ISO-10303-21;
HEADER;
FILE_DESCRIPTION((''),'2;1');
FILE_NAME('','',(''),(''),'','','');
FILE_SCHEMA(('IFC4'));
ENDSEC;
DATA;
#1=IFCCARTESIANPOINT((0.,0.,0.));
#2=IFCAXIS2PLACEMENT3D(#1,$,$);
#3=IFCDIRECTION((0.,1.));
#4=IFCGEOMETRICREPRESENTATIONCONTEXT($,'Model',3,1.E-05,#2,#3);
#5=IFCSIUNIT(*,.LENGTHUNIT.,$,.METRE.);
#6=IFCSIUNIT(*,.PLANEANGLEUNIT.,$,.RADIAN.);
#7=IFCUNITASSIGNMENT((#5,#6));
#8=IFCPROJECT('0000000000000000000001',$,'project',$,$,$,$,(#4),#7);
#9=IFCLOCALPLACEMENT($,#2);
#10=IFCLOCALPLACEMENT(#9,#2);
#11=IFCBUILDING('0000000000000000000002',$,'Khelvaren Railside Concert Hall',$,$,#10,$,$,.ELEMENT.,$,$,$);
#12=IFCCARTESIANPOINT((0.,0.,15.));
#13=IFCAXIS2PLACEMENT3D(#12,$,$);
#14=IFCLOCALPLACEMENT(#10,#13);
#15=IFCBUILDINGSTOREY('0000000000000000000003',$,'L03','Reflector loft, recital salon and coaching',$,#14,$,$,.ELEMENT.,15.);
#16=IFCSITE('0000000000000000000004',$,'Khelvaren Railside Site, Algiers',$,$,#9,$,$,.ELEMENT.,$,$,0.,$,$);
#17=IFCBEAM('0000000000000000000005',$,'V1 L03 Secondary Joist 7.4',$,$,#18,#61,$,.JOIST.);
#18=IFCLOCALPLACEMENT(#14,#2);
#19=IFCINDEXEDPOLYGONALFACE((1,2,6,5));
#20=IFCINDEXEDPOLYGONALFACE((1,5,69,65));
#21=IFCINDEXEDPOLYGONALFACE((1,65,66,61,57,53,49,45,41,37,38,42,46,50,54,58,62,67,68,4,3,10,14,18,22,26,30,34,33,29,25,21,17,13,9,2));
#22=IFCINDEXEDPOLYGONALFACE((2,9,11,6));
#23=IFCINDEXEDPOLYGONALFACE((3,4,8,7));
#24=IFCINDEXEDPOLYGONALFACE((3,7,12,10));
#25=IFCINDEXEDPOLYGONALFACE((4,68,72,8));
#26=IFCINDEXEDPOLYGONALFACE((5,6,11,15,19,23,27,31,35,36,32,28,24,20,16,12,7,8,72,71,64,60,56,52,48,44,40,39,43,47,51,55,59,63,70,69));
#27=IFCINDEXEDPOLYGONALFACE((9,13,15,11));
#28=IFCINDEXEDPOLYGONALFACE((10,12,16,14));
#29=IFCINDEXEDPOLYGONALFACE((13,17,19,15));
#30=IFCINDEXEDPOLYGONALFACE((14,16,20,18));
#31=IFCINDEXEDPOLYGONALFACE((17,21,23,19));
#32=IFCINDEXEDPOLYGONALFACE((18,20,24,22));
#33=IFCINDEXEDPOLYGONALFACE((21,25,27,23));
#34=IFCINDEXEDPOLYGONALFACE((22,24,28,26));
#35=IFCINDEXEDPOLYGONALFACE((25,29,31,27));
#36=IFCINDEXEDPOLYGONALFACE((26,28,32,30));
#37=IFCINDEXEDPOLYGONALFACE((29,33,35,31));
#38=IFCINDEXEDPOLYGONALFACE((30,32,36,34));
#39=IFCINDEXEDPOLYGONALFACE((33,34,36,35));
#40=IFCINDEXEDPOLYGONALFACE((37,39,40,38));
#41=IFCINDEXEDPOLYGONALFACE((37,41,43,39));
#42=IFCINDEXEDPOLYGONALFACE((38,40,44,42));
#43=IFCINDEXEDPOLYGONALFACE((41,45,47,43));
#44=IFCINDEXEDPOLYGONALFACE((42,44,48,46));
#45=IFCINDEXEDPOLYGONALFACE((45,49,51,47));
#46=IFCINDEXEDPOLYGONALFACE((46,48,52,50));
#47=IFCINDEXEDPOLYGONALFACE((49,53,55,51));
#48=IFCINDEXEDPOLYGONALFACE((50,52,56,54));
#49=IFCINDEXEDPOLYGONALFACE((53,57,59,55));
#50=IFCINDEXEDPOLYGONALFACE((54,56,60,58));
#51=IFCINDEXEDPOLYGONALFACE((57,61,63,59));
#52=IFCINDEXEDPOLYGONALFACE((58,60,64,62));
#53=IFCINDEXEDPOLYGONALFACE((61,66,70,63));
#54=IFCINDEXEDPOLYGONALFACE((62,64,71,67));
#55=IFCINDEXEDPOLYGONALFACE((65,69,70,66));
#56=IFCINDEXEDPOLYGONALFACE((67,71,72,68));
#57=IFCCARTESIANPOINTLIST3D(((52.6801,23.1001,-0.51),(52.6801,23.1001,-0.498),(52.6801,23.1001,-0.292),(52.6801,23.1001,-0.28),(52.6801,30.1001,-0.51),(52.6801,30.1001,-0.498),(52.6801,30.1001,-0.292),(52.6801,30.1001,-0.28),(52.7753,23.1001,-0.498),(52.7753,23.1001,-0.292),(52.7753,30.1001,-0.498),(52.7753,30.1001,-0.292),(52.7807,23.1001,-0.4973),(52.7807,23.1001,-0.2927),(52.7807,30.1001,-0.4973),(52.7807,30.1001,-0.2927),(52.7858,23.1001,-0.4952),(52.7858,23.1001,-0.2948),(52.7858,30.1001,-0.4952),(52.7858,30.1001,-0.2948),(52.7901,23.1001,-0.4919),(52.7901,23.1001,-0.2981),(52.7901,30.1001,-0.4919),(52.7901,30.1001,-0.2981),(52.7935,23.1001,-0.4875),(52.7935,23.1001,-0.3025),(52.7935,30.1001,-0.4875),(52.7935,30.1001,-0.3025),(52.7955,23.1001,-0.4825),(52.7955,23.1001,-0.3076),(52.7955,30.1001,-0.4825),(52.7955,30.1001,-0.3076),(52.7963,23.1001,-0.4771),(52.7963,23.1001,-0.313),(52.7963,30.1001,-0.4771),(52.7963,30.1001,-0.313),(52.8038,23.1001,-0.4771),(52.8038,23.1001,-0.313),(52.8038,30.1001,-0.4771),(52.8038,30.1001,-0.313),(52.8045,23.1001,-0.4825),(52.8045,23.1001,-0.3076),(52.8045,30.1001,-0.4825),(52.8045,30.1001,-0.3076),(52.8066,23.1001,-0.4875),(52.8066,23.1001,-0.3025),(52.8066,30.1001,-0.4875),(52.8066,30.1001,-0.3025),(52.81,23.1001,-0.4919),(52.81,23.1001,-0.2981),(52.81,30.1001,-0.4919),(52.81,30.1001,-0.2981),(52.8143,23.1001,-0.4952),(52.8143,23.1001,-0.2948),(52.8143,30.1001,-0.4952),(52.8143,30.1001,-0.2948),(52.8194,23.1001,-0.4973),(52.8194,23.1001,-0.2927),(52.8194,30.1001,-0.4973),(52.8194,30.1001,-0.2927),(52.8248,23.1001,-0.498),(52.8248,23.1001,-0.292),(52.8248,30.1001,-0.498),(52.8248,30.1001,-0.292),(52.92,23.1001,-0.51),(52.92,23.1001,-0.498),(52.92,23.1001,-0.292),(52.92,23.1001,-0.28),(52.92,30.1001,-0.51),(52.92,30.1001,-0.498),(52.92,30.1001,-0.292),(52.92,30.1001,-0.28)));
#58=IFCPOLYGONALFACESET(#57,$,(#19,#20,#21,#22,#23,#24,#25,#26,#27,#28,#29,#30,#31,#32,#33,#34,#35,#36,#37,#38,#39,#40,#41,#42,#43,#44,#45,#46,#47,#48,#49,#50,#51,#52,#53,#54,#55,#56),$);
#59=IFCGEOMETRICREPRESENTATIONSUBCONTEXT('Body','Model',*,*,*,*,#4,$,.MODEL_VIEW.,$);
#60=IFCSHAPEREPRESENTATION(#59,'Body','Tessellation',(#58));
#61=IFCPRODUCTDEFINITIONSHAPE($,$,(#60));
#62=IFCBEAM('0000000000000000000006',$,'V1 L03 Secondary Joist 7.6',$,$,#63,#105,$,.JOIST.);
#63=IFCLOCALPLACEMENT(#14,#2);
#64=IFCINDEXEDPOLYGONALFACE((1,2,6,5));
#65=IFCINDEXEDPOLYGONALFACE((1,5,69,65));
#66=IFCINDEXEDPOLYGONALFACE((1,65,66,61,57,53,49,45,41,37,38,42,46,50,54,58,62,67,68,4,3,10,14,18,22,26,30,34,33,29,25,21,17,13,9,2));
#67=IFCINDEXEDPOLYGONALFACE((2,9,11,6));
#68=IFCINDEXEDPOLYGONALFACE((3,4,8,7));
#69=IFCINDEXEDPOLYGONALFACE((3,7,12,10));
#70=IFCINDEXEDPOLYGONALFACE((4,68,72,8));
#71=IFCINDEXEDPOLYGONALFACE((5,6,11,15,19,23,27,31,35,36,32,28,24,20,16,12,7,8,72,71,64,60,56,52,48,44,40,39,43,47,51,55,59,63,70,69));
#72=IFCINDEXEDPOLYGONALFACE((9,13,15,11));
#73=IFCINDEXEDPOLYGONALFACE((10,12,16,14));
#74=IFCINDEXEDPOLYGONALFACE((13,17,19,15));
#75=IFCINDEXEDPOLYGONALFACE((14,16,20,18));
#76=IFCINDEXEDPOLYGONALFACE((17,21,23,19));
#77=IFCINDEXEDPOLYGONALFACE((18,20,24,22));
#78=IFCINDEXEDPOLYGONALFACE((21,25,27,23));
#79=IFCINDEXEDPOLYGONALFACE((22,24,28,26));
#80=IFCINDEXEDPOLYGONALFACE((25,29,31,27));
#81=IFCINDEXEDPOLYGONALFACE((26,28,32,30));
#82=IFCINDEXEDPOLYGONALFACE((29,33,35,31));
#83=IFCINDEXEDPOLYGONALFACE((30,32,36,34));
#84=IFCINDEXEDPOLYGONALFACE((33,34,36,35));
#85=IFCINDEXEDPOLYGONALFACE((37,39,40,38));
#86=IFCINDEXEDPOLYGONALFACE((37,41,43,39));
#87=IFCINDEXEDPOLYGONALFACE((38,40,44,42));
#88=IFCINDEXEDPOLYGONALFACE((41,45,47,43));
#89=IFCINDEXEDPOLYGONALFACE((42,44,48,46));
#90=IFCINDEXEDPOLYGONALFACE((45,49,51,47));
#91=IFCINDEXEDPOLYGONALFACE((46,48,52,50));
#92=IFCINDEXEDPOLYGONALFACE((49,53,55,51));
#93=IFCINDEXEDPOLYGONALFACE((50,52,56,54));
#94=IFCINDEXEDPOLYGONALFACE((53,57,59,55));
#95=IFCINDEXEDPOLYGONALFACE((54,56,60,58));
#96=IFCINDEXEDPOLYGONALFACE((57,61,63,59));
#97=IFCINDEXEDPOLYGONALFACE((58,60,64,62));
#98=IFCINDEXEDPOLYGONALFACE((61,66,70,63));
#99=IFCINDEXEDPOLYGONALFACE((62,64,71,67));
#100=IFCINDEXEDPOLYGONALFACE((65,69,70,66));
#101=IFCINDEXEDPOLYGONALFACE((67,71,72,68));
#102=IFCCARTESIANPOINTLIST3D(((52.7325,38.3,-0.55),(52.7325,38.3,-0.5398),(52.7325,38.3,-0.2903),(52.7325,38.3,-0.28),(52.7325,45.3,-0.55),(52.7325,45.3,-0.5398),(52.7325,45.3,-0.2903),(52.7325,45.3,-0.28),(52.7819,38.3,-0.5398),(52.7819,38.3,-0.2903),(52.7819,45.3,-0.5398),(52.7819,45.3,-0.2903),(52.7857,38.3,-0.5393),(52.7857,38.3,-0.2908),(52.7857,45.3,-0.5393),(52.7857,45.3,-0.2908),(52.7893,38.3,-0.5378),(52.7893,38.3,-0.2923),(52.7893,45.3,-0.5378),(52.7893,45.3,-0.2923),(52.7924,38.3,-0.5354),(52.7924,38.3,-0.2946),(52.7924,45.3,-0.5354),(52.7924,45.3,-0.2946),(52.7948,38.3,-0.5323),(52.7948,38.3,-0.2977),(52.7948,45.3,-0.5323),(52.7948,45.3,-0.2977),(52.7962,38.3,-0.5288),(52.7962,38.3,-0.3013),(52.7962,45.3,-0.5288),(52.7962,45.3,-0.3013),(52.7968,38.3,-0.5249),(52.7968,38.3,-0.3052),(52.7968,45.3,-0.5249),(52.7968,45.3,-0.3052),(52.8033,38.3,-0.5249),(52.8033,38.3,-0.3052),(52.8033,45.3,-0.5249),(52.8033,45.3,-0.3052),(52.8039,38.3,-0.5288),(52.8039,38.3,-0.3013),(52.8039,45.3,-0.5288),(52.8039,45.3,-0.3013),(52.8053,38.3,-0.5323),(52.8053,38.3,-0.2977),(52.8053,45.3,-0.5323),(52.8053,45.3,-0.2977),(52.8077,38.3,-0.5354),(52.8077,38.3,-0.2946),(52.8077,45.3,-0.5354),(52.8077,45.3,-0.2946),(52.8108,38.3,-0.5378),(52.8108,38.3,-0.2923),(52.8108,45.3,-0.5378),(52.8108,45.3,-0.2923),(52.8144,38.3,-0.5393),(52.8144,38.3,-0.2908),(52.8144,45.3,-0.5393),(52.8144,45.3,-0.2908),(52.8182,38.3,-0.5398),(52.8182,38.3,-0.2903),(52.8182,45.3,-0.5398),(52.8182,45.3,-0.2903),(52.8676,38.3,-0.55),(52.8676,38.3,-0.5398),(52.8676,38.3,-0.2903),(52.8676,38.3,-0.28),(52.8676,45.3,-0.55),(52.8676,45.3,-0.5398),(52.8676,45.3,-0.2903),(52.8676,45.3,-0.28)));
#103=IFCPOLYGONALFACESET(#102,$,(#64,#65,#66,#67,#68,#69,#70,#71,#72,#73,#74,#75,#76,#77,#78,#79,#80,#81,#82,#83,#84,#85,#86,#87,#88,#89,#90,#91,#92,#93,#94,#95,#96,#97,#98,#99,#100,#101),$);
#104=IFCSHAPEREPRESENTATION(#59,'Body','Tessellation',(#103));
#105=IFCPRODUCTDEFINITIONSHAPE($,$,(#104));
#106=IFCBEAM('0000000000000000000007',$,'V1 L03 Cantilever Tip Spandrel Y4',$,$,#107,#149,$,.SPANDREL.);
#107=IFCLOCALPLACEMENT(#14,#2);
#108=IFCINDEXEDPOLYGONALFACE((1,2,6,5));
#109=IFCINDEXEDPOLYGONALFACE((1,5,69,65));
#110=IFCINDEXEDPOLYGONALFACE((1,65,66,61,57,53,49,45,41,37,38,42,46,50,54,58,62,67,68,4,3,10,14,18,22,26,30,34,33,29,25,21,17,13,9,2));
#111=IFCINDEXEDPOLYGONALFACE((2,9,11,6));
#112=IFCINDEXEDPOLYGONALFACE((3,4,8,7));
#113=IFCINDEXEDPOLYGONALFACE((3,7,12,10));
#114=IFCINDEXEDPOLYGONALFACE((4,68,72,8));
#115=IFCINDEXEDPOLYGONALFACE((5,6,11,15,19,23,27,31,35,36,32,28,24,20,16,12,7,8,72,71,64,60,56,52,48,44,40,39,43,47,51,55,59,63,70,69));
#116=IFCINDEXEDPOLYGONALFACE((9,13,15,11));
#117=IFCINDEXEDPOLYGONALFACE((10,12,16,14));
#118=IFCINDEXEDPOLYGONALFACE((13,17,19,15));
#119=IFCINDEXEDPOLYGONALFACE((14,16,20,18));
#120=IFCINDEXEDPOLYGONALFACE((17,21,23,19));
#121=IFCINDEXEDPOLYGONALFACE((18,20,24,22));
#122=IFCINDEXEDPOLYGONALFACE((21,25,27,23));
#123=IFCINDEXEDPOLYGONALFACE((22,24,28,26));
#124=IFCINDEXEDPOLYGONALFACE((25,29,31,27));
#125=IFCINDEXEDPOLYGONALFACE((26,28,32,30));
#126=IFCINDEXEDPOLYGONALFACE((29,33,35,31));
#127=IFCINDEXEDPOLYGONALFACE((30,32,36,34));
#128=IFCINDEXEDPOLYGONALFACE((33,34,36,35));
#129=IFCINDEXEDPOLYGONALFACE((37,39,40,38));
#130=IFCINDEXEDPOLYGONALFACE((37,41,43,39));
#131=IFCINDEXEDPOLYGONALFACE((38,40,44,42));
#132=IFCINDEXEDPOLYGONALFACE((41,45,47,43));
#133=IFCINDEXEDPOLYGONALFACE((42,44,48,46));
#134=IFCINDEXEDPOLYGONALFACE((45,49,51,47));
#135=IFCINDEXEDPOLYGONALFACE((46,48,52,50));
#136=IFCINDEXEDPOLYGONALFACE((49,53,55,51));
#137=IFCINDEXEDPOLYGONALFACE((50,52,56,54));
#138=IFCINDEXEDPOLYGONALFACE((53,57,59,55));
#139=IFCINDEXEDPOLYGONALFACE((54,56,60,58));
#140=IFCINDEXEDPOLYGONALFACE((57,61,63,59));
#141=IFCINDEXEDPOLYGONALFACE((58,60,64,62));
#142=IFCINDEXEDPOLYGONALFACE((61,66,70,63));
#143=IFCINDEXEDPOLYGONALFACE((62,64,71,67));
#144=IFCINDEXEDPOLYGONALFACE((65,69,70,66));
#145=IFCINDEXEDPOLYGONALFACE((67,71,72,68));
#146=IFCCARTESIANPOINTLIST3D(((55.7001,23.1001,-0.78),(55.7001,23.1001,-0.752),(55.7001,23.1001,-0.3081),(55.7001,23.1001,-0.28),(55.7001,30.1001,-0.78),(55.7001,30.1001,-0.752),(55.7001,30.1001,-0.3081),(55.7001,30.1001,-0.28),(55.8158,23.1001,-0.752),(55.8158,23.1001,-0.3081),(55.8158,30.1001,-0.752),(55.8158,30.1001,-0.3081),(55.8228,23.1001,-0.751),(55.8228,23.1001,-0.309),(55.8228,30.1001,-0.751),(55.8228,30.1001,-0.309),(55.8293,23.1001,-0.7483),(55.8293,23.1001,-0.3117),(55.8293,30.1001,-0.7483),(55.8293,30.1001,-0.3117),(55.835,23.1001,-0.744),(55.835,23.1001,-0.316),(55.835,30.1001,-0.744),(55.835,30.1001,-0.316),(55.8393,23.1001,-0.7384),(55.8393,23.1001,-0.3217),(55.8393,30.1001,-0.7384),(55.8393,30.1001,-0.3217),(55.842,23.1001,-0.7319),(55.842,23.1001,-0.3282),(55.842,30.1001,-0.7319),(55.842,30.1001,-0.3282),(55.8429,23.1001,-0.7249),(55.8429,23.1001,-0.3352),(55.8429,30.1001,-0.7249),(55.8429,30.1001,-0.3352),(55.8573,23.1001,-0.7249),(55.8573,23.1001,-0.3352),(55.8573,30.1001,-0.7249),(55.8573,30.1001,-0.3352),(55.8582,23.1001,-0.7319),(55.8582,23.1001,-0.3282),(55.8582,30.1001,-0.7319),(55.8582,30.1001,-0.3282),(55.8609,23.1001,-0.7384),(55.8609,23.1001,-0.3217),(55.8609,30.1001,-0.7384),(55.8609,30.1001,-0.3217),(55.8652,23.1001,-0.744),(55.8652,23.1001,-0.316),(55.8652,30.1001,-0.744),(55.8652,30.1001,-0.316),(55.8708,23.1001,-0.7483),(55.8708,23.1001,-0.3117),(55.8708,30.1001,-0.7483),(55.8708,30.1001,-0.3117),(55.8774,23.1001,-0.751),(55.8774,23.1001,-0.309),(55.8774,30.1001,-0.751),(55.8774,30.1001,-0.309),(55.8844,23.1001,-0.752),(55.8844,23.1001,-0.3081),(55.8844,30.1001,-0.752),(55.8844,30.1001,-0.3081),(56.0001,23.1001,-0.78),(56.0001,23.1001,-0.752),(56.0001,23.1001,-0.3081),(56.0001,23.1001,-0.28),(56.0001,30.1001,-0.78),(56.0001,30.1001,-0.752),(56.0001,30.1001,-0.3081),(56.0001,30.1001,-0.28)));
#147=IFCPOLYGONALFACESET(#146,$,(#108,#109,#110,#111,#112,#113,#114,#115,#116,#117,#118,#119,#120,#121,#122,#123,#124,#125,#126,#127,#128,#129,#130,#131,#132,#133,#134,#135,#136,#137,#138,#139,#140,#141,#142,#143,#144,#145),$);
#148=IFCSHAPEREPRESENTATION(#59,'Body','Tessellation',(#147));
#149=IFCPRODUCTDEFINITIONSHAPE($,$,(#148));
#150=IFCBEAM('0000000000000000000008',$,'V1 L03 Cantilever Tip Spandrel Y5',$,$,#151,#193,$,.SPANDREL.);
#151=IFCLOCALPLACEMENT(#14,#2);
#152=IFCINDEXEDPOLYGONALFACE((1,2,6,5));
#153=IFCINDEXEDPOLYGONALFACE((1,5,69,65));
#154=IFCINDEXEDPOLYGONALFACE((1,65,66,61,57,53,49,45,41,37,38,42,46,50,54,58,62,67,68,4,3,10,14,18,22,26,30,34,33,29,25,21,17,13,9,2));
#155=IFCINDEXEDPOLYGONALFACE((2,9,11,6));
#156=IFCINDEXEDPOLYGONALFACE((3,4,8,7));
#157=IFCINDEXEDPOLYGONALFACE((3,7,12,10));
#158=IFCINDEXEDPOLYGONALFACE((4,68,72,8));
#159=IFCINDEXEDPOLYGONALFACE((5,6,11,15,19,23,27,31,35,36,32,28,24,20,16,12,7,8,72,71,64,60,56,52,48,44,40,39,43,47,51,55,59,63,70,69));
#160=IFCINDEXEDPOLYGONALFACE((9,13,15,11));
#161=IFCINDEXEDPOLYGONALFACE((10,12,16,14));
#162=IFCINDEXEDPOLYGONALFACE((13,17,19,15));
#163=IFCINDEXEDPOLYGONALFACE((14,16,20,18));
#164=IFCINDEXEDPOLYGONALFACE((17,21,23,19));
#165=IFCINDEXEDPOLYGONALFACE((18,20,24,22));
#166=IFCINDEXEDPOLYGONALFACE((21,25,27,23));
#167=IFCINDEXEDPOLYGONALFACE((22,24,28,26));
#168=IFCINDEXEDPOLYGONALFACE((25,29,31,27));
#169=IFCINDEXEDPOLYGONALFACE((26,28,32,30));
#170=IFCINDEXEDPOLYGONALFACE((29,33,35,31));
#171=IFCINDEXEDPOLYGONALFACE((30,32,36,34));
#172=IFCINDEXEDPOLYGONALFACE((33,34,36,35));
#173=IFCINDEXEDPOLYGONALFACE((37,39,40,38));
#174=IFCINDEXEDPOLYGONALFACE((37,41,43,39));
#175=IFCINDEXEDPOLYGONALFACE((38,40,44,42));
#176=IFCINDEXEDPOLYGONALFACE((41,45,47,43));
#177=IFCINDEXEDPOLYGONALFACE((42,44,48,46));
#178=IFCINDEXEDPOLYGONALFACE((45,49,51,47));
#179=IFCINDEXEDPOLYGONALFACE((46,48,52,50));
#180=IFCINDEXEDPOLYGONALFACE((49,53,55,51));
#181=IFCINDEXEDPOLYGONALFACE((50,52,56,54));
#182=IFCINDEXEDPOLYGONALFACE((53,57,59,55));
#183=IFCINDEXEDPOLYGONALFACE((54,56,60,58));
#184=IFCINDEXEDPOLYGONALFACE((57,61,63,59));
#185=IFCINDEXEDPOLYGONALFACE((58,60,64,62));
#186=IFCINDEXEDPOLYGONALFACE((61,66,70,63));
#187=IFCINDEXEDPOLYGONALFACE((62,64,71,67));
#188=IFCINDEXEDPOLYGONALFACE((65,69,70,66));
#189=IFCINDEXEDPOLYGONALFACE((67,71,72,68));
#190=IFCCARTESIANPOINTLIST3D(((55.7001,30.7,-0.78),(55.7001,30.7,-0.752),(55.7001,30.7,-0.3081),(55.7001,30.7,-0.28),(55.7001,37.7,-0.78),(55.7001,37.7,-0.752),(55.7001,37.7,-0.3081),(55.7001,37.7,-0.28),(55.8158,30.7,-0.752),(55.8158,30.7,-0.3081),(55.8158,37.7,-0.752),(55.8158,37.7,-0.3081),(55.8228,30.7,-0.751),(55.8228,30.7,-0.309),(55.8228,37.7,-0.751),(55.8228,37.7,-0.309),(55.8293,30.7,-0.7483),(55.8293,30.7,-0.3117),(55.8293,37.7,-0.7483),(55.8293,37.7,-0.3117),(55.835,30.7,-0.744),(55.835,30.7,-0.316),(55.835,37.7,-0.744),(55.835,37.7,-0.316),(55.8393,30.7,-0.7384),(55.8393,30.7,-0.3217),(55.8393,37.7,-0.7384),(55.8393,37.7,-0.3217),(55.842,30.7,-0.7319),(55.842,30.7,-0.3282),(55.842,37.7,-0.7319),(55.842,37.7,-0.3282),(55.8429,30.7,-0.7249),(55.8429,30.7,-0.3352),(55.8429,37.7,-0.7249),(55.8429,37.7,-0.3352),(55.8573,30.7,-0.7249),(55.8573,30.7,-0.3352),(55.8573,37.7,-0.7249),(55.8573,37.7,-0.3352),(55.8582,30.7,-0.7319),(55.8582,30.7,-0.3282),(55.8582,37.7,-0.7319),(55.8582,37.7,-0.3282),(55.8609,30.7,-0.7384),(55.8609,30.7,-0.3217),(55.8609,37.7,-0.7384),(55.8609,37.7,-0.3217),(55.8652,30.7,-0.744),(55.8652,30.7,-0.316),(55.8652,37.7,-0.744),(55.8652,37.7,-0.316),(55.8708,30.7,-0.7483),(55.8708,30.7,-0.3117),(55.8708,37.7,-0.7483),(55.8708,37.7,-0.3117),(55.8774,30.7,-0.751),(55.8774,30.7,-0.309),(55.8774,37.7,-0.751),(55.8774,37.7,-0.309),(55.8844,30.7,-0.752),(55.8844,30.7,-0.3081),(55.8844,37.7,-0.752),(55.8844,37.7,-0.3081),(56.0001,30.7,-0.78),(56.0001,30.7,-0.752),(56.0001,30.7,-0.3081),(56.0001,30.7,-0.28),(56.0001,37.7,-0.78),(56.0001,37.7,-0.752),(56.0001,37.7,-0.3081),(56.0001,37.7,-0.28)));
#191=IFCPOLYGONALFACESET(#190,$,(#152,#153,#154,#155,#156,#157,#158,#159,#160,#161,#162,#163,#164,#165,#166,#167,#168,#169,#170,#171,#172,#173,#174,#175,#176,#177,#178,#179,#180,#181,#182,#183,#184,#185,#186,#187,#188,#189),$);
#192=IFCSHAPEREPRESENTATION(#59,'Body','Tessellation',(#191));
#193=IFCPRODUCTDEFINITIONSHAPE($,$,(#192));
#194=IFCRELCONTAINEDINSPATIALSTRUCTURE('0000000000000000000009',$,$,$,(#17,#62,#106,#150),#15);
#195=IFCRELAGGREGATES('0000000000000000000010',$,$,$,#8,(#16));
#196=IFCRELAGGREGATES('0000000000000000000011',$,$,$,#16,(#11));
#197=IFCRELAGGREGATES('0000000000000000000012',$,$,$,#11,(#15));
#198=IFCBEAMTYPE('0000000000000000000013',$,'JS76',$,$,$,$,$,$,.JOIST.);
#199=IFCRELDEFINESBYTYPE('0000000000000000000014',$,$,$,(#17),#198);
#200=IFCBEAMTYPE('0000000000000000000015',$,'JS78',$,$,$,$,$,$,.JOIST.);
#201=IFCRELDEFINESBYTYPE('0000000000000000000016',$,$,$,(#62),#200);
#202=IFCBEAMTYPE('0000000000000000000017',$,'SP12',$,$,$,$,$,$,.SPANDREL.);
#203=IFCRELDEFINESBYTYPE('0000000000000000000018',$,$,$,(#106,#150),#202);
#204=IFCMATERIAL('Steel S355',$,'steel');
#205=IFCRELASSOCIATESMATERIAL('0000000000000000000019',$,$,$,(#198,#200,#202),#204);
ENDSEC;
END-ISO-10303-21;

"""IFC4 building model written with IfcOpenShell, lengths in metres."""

from ifc_helpers import new_model, si_unit, direction, frame, origin, origin_2d, place, context, subcontext, project, spatial, i_section, extrude, material, material_profile, profile_set, type_object, element, save


model = new_model("IFC4")

# Units and contexts
model_context = context("Model", 3, precision=1e-05, world=origin(), true_north=direction((0.0, 1.0)))
body_context = subcontext(model_context, "Body", "Model", "MODEL_VIEW")
ifc_project = project(units=[si_unit("LENGTHUNIT", "METRE"), si_unit("PLANEANGLEUNIT", "RADIAN")], contexts=[model_context])

# Site, building, storey
site_placement = place(None, origin())
site = spatial("IfcSite", under=ifc_project, at=site_placement, Name="Khelvaren Railside Site, Algiers", CompositionType="ELEMENT", RefElevation=0.0)
building_placement = place(site_placement, origin())
building = spatial("IfcBuilding", under=site, at=building_placement, Name="Khelvaren Railside Concert Hall", CompositionType="ELEMENT")
storey_placement = place(building_placement, frame((0.0, 0.0, 15.0)))
storey = spatial("IfcBuildingStorey", under=building, at=storey_placement, Name="L03", Description="Reflector loft, recital salon and coaching", CompositionType="ELEMENT", Elevation=15.0)

# Shared definitions
ifc_material_1 = material(Name="Steel S355", Category="steel")

# Beams
ifc_material_profile_1 = material_profile(ifc_material_1, i_section(OverallWidth=0.24, OverallDepth=0.23, WebThickness=0.0076, FlangeThickness=0.012, FilletRadius=0.021, at=origin_2d()), Name="HEA 240")
ifc_profile_set_1 = profile_set([ifc_material_profile_1], Name="Steel S355")
beam_type_1 = type_object("IfcBeamType", Name="JS76", PredefinedType="JOIST", material=ifc_profile_set_1)
for number, where, z_axis, x_axis, name in (
    (1, (52.8, 23.1001, -0.395), (0.0, 1.0, 0.0), (-1.0, 0.0, 0.0), "V1 L03 Secondary Joist 7.4"),
):
    element("IfcBeam", number, at=place(storey_placement, frame(where, z_axis=z_axis, x_axis=x_axis)), inside=storey, type_object=beam_type_1, Name=name, PredefinedType="JOIST", context=body_context, shape_type="SweptSolid", body=[
        extrude(i_section(OverallWidth=0.24, OverallDepth=0.23, WebThickness=0.0076, FlangeThickness=0.012, FilletRadius=0.021, at=origin_2d()), origin(), (0.0, 0.0, 1.0), 7.0),
    ])
ifc_material_profile_2 = material_profile(ifc_material_1, i_section(OverallWidth=0.135, OverallDepth=0.27, WebThickness=0.0066, FlangeThickness=0.0103, FilletRadius=0.0149, at=origin_2d()), Name="IPE 270")
ifc_profile_set_2 = profile_set([ifc_material_profile_2], Name="Steel S355")
beam_type_2 = type_object("IfcBeamType", Name="JS78", PredefinedType="JOIST", material=ifc_profile_set_2)
beam_1_placement = place(storey_placement, frame((52.8, 38.3, -0.415), z_axis=(0.0, 1.0, 0.0), x_axis=(-1.0, 0.0, 0.0)))
element("IfcBeam", 2, at=beam_1_placement, inside=storey, type_object=beam_type_2, Name="V1 L03 Secondary Joist 7.6", PredefinedType="JOIST", context=body_context, shape_type="SweptSolid", body=[
    extrude(i_section(OverallWidth=0.135, OverallDepth=0.27, WebThickness=0.0066, FlangeThickness=0.0103, FilletRadius=0.0149, at=origin_2d()), origin(), (0.0, 0.0, 1.0), 7.0),
])
ifc_material_profile_3 = material_profile(ifc_material_1, i_section(OverallWidth=0.3, OverallDepth=0.5, WebThickness=0.0144, FlangeThickness=0.0281, FilletRadius=0.0271, at=origin_2d()), Name="HEB 500")
ifc_profile_set_3 = profile_set([ifc_material_profile_3], Name="Steel S355")
beam_type_3 = type_object("IfcBeamType", Name="SP12", PredefinedType="SPANDREL", material=ifc_profile_set_3)
for number, where, z_axis, x_axis, name in (
    (3, (55.8501, 23.1001, -0.53), (0.0, 1.0, 0.0), (-1.0, 0.0, 0.0), "V1 L03 Cantilever Tip Spandrel Y4"),
    (4, (55.8501, 30.7, -0.53), (0.0, 1.0, 0.0), (-1.0, 0.0, 0.0), "V1 L03 Cantilever Tip Spandrel Y5"),
):
    element("IfcBeam", number, at=place(storey_placement, frame(where, z_axis=z_axis, x_axis=x_axis)), inside=storey, type_object=beam_type_3, Name=name, PredefinedType="SPANDREL", context=body_context, shape_type="SweptSolid", body=[
        extrude(i_section(OverallWidth=0.3, OverallDepth=0.5, WebThickness=0.0144, FlangeThickness=0.0281, FilletRadius=0.0271, at=origin_2d()), origin(), (0.0, 0.0, 1.0), 7.0),
    ])

save(model, "model.ifc")
